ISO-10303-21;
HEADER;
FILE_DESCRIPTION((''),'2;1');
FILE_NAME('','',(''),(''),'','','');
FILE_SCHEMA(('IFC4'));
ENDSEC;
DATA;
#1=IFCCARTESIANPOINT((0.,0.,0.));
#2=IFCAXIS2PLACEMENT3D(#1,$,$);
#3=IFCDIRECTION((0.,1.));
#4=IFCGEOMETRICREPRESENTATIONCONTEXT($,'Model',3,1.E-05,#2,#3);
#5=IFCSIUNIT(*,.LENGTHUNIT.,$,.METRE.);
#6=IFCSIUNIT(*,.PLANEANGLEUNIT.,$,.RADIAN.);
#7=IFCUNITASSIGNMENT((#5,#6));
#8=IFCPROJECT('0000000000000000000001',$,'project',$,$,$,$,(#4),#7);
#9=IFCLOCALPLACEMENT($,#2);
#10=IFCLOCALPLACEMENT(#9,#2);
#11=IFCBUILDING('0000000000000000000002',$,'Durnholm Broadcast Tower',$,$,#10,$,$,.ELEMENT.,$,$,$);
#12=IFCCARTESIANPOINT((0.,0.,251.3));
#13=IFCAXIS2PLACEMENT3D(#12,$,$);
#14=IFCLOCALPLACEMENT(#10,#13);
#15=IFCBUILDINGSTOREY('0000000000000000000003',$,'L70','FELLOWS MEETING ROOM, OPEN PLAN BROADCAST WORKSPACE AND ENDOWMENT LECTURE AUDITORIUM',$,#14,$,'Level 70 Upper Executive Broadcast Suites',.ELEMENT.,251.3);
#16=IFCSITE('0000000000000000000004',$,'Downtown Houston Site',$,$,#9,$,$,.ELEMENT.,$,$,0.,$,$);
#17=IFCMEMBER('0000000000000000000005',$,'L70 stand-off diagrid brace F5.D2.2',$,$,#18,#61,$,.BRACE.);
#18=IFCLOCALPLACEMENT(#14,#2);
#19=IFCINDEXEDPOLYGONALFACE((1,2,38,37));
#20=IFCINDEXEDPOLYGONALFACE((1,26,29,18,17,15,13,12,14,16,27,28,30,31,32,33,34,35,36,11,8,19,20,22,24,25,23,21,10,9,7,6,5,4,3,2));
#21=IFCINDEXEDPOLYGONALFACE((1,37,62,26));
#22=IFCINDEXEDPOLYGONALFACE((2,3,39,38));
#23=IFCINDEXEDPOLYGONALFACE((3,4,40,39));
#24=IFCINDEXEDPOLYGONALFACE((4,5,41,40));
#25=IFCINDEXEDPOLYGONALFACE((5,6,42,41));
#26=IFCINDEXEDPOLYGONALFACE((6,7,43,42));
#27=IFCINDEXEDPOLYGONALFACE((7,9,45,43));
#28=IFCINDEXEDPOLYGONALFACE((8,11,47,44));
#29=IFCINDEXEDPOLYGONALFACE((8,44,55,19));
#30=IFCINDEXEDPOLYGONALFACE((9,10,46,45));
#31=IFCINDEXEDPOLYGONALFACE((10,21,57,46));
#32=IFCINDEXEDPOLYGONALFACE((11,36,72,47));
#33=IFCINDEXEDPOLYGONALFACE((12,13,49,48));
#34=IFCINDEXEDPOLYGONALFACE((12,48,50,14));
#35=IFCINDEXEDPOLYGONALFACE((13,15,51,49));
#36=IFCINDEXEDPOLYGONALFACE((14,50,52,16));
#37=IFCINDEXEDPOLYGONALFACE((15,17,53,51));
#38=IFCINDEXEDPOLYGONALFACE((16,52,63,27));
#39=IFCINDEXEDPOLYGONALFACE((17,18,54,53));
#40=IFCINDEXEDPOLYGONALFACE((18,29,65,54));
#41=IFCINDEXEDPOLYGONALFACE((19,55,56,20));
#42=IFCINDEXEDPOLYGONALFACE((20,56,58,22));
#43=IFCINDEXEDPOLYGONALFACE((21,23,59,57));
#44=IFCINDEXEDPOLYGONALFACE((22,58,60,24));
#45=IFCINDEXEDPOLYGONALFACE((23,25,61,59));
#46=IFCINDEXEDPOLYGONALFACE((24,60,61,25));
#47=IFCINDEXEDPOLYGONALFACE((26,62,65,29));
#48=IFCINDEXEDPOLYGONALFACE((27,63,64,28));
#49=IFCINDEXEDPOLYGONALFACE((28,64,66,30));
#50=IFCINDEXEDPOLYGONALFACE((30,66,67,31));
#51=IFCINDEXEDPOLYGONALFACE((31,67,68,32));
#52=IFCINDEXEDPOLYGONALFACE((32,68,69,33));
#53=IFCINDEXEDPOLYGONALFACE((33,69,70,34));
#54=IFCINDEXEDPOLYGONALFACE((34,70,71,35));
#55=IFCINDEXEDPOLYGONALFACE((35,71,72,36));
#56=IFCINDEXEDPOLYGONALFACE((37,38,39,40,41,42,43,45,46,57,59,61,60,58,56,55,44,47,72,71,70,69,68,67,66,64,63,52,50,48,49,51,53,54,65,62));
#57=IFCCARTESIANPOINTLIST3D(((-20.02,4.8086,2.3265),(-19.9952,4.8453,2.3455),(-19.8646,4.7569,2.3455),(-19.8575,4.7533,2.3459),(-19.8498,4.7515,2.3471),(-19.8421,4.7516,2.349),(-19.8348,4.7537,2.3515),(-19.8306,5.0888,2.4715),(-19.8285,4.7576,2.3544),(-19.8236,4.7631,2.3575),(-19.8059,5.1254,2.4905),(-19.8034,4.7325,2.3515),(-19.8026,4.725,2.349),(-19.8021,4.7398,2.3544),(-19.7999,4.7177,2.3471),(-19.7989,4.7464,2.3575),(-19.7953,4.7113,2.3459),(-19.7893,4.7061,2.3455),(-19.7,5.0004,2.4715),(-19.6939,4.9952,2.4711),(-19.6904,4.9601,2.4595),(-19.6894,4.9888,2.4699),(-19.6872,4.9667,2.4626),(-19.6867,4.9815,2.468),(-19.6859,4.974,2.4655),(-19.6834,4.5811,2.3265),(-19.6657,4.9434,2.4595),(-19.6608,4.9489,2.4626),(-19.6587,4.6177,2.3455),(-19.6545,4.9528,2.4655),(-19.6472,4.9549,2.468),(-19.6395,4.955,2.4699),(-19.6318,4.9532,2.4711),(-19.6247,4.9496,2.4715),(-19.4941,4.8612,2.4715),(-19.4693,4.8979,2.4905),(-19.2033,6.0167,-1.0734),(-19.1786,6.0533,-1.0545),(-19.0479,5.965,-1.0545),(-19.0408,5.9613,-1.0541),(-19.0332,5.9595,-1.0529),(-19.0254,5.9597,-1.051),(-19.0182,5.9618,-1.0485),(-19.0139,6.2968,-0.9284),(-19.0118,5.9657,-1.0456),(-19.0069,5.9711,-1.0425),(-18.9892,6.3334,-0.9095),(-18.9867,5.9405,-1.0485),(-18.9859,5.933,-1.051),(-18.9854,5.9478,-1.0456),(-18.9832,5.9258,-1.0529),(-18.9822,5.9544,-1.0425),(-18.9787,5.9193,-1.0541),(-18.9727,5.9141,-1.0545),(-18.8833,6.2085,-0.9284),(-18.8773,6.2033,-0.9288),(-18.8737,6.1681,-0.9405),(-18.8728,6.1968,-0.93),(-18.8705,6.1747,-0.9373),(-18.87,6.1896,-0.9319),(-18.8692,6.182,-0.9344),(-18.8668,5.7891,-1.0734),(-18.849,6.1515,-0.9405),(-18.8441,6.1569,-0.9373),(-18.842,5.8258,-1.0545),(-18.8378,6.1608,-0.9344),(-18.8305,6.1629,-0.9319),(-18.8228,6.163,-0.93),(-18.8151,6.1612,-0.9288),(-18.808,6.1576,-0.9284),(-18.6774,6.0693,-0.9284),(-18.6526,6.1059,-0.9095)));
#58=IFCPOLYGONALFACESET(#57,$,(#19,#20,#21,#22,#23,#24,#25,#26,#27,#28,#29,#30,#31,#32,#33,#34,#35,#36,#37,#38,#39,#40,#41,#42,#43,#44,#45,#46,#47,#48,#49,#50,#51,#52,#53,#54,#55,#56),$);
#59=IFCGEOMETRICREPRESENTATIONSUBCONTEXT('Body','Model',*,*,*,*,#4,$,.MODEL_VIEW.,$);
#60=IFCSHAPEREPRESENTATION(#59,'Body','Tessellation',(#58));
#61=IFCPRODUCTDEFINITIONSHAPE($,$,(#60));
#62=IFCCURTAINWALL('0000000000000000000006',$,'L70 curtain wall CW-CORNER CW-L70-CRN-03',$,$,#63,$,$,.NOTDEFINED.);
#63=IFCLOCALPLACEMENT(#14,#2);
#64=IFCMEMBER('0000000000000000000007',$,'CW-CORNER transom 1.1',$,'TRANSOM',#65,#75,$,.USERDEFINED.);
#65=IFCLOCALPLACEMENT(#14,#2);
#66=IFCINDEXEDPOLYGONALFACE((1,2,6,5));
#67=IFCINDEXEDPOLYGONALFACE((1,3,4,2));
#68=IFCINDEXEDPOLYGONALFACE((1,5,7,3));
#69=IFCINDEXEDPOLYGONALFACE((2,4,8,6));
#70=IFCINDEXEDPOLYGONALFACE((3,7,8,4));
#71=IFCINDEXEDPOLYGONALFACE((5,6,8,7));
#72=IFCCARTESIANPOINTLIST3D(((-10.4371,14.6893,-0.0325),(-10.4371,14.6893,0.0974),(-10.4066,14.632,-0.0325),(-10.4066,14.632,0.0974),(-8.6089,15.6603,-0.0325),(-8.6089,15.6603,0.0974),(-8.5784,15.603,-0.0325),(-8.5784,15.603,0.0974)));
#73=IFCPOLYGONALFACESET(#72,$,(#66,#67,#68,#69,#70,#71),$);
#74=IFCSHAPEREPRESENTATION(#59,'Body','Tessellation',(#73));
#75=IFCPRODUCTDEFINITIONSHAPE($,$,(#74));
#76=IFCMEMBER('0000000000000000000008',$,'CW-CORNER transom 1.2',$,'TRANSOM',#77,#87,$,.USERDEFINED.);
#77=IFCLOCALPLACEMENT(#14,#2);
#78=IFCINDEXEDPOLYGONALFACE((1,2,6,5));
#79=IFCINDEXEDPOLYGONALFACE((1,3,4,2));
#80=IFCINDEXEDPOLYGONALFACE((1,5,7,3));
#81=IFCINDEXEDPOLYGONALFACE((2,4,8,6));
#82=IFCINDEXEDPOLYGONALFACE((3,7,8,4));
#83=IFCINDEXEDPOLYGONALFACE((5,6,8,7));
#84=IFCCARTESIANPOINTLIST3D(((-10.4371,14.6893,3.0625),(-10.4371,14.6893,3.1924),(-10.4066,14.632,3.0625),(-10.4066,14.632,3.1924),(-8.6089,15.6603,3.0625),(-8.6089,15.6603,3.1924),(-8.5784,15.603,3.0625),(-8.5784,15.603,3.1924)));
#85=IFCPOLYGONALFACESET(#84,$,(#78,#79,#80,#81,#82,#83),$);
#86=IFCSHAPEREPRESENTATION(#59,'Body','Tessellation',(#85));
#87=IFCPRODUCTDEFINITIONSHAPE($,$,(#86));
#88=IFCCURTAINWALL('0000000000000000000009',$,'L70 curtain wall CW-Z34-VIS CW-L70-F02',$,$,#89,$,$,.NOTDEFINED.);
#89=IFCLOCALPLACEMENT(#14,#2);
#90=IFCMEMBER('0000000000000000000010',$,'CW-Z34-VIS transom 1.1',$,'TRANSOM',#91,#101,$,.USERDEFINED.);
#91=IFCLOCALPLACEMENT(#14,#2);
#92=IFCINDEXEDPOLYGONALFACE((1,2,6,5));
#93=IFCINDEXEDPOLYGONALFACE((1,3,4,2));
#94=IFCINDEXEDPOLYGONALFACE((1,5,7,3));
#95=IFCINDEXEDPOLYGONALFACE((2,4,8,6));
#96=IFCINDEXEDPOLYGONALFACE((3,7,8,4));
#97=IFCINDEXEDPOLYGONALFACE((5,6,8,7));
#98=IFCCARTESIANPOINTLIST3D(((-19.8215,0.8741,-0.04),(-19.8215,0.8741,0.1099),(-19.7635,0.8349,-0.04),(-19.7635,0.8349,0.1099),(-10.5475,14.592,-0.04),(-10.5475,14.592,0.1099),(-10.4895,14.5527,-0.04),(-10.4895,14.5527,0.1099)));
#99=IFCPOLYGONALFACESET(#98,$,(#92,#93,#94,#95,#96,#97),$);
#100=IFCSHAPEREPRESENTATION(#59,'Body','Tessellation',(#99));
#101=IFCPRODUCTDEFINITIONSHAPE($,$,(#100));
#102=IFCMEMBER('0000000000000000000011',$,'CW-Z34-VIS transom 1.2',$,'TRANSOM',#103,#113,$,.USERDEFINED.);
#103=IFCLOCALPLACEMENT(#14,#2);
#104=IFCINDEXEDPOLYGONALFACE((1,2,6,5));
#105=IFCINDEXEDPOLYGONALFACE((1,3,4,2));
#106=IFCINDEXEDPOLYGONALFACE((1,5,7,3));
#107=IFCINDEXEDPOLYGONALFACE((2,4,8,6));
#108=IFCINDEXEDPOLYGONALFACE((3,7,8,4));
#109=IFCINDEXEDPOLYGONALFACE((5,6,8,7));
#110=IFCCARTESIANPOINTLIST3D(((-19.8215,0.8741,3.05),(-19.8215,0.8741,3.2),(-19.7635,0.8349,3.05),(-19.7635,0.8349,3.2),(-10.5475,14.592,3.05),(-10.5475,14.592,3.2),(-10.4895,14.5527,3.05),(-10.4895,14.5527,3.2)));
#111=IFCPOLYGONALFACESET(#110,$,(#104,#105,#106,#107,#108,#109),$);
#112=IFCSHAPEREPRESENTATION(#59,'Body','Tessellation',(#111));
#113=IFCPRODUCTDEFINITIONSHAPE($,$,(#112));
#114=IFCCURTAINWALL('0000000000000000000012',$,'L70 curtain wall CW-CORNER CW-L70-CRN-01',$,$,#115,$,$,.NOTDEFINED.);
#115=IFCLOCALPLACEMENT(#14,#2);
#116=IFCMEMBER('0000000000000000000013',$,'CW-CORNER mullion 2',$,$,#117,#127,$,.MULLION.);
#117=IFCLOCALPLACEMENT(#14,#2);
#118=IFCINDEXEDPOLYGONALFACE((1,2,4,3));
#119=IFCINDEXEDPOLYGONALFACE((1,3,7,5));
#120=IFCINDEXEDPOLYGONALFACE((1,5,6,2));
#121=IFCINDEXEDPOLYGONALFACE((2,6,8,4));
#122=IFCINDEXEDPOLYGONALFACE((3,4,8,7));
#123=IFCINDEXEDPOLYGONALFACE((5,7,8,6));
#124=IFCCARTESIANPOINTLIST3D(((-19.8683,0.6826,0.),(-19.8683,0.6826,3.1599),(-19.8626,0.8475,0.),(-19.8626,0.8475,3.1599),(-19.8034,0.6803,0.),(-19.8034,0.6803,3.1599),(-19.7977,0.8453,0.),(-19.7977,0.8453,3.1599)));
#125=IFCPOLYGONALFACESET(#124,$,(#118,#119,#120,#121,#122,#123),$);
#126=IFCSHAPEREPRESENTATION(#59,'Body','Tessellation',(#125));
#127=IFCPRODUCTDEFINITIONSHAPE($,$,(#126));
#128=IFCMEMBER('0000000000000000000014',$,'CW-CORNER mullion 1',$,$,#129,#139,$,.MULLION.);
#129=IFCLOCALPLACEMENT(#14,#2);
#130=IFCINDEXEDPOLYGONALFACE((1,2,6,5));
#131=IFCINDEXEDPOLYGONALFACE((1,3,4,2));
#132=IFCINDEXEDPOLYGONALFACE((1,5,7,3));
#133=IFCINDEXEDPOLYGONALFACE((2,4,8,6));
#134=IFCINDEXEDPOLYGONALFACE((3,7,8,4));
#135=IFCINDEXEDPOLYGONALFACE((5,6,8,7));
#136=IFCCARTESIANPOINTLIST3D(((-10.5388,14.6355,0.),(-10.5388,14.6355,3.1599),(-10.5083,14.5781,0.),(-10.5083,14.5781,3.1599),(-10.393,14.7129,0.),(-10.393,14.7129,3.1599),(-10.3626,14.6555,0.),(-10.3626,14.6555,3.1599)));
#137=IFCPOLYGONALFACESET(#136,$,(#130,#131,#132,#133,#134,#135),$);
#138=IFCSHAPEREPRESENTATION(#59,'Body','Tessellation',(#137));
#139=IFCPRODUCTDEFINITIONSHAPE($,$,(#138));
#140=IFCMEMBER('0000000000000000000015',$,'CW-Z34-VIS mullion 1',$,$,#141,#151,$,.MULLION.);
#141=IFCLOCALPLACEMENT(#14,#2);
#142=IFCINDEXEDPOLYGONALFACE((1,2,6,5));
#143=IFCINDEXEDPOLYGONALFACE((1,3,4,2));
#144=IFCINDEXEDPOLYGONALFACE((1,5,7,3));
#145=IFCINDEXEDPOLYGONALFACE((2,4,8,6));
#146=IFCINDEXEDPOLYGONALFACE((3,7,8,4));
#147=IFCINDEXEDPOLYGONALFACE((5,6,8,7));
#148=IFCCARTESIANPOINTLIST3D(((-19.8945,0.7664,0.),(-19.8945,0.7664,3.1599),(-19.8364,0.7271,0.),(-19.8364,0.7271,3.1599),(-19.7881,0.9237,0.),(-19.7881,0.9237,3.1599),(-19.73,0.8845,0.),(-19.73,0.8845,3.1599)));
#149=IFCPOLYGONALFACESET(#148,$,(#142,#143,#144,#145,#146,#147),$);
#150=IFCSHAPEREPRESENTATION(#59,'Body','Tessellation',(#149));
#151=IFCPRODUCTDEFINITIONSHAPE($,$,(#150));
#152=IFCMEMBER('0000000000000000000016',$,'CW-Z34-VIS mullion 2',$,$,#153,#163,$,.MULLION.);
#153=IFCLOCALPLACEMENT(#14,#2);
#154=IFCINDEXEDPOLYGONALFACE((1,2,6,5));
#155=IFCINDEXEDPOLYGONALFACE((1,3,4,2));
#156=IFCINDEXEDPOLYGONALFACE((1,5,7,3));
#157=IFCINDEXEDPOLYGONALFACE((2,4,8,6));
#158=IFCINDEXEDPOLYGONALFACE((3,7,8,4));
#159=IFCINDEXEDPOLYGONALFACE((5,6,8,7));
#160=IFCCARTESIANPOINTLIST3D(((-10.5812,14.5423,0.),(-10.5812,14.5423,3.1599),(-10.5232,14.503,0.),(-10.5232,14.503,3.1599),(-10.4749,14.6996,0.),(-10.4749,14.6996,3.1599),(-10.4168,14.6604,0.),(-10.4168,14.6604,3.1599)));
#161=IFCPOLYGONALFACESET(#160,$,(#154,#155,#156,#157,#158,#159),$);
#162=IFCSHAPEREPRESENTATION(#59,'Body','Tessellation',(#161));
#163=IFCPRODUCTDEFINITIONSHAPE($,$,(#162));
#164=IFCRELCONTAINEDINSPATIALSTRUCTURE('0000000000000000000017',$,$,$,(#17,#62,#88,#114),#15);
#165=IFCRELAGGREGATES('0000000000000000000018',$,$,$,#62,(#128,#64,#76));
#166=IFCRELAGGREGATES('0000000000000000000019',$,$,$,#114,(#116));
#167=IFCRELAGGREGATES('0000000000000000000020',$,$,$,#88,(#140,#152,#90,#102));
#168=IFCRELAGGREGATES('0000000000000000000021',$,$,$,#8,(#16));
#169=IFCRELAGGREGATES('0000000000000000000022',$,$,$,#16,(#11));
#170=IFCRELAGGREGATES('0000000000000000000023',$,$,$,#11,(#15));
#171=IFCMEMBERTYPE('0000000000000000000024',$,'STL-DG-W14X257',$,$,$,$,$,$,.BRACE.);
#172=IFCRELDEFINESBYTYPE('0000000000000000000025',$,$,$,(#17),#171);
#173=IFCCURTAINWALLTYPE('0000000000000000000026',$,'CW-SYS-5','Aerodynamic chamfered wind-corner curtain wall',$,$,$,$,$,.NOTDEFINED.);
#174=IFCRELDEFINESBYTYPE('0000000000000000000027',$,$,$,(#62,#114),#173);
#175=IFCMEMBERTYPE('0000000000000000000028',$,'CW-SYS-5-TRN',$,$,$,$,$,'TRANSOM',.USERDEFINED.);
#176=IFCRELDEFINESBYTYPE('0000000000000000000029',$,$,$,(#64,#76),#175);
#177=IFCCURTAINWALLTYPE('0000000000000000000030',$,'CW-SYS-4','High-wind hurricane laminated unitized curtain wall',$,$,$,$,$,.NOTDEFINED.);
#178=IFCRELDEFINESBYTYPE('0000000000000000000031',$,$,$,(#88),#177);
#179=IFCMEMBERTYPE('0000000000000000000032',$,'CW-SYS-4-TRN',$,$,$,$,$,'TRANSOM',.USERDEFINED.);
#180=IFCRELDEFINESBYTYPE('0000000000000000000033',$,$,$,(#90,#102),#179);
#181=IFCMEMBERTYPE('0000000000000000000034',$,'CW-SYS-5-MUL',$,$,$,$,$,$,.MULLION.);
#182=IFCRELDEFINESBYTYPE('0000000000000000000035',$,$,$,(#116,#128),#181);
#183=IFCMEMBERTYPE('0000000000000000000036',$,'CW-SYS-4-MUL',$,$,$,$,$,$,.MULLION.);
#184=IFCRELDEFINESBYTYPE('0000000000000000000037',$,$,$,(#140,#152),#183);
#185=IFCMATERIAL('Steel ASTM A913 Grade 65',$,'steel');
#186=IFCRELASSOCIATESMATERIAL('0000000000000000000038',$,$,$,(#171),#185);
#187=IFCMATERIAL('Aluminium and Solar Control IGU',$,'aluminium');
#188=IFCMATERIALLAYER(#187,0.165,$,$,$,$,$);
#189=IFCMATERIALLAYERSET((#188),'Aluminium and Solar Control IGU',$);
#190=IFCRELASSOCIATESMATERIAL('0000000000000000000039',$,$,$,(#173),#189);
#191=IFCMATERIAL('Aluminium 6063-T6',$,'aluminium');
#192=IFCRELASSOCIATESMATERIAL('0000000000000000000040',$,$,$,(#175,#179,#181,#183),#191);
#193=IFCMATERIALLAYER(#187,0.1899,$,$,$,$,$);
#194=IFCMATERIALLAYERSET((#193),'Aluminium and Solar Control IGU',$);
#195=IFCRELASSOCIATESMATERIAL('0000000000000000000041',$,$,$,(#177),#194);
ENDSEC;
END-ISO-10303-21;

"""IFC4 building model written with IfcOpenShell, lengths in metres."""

from ifc_helpers import new_model, si_unit, direction, frame, origin, origin_2d, place, context, subcontext, project, spatial, rectangle, i_section, extrude, source, transform, mapped, material, layer, layer_set, material_profile, profile_set, type_object, type_shapes, element, aggregate, save


model = new_model("IFC4")

# Units and contexts
model_context = context("Model", 3, precision=1e-05, world=origin(), true_north=direction((0.0, 1.0)))
body_context = subcontext(model_context, "Body", "Model", "MODEL_VIEW")
ifc_project = project(units=[si_unit("LENGTHUNIT", "METRE"), si_unit("PLANEANGLEUNIT", "RADIAN")], contexts=[model_context])

# Site, building, storey
site_placement = place(None, origin())
site = spatial("IfcSite", under=ifc_project, at=site_placement, Name="Downtown Houston Site", CompositionType="ELEMENT", RefElevation=0.0)
building_placement = place(site_placement, origin())
building = spatial("IfcBuilding", under=site, at=building_placement, Name="Durnholm Broadcast Tower", CompositionType="ELEMENT")
storey_placement = place(building_placement, frame((0.0, 0.0, 251.3)))
storey = spatial("IfcBuildingStorey", under=building, at=storey_placement, Name="L70", Description="FELLOWS MEETING ROOM, OPEN PLAN BROADCAST WORKSPACE AND ENDOWMENT LECTURE AUDITORIUM", LongName="Level 70 Upper Executive Broadcast Suites", CompositionType="ELEMENT", Elevation=251.3)

# Member
ifc_material_1 = material(Name="Steel ASTM A913 Grade 65", Category="steel")
ifc_material_profile_1 = material_profile(ifc_material_1, i_section(OverallWidth=0.4062, OverallDepth=0.416, WebThickness=0.0298, FlangeThickness=0.0481, FilletRadius=0.0305, at=origin_2d()), Name="W14X257")
ifc_profile_set_1 = profile_set([ifc_material_profile_1], Name="Steel ASTM A913 Grade 65")
member_type_1 = type_object("IfcMemberType", Name="STL-DG-W14X257", PredefinedType="BRACE", material=ifc_profile_set_1)
shared_shape_1 = source(origin(), body_context, "Body", "SweptSolid", [
    extrude(i_section(OverallWidth=0.4062, OverallDepth=0.416, WebThickness=0.0298, FlangeThickness=0.0481, FilletRadius=0.0305, at=origin_2d()), origin(), (0.0, 0.0, 1.0), 3.6995),
])
type_shapes(member_type_1, [shared_shape_1])
for number, where, z_axis, x_axis, name in (
    (1, (-18.928, 6.0613, -0.9915), (-0.220752, -0.326542, 0.919042), (0.828452, -0.560059, 0.0), "L70 stand-off diagrid brace F5.D2.2"),
):
    element("IfcMember", number, at=place(storey_placement, frame(where, z_axis=z_axis, x_axis=x_axis)), inside=storey, type_object=member_type_1, Name=name, PredefinedType="BRACE", context=body_context, shape_type="MappedRepresentation", body=[
        mapped(shared_shape_1, transform((0.0, 0.0, 0.0), x_axis=(1.0, 0.0, 0.0), y_axis=(0.0, 1.0, 0.0), z_axis=(0.0, 0.0, 1.0), scale=1.0)),
    ])

# Curtain walls, members
ifc_material_2 = material(Name="Aluminium and Solar Control IGU", Category="aluminium")
ifc_layer_1 = layer(ifc_material_2, 0.165)
ifc_layer_set_1 = layer_set([ifc_layer_1], Name="Aluminium and Solar Control IGU")
curtain_wall_type_1 = type_object("IfcCurtainWallType", Name="CW-SYS-5", Description="Aerodynamic chamfered wind-corner curtain wall", PredefinedType="NOTDEFINED", material=ifc_layer_set_1)
curtain_wall_1_placement = place(storey_placement, origin())
curtain_wall_1 = element("IfcCurtainWall", 2, at=curtain_wall_1_placement, inside=storey, type_object=curtain_wall_type_1, Name="L70 curtain wall CW-CORNER CW-L70-CRN-03", PredefinedType="NOTDEFINED")
ifc_material_3 = material(Name="Aluminium 6063-T6", Category="aluminium")
ifc_material_profile_2 = material_profile(ifc_material_3, rectangle(XDim=0.0649, YDim=0.1299, at=origin_2d()), Name="CWT65X130")
ifc_profile_set_2 = profile_set([ifc_material_profile_2], Name="Aluminium 6063-T6")
member_type_2 = type_object("IfcMemberType", Name="CW-SYS-5-TRN", ElementType="TRANSOM", PredefinedType="USERDEFINED", material=ifc_profile_set_2)
shared_shape_2 = source(origin(), body_context, "Body", "SweptSolid", [
    extrude(rectangle(XDim=0.0649, YDim=0.1299, at=origin_2d()), origin(), (0.0, 0.0, 1.0), 2.0701),
])
type_shapes(member_type_2, [shared_shape_2])
member_1_placement = place(storey_placement, frame((-10.4219, 14.6606, 0.0325), z_axis=(0.883165, 0.469063, 0.0), x_axis=(-0.469063, 0.883165, 0.0)))
member_1 = element("IfcMember", 3, at=member_1_placement, type_object=member_type_2, Name="CW-CORNER transom 1.1", ObjectType="TRANSOM", PredefinedType="USERDEFINED", context=body_context, shape_type="MappedRepresentation", body=[
    mapped(shared_shape_2, transform((0.0, 0.0, 0.0), x_axis=(1.0, 0.0, 0.0), y_axis=(0.0, 1.0, 0.0), z_axis=(0.0, 0.0, 1.0), scale=1.0)),
])
member_2_placement = place(storey_placement, frame((-10.4219, 14.6606, 3.1274), z_axis=(0.883165, 0.469063, 0.0), x_axis=(-0.469063, 0.883165, 0.0)))
member_2 = element("IfcMember", 4, at=member_2_placement, type_object=member_type_2, Name="CW-CORNER transom 1.2", ObjectType="TRANSOM", PredefinedType="USERDEFINED", context=body_context, shape_type="MappedRepresentation", body=[
    mapped(shared_shape_2, transform((0.0, 0.0, 0.0), x_axis=(1.0, 0.0, 0.0), y_axis=(0.0, 1.0, 0.0), z_axis=(0.0, 0.0, 1.0), scale=1.0)),
])
ifc_layer_2 = layer(ifc_material_2, 0.1899)
ifc_layer_set_2 = layer_set([ifc_layer_2], Name="Aluminium and Solar Control IGU")
curtain_wall_type_2 = type_object("IfcCurtainWallType", Name="CW-SYS-4", Description="High-wind hurricane laminated unitized curtain wall", PredefinedType="NOTDEFINED", material=ifc_layer_set_2)
curtain_wall_2_placement = place(storey_placement, origin())
curtain_wall_2 = element("IfcCurtainWall", 5, at=curtain_wall_2_placement, inside=storey, type_object=curtain_wall_type_2, Name="L70 curtain wall CW-Z34-VIS CW-L70-F02", PredefinedType="NOTDEFINED")
ifc_material_profile_3 = material_profile(ifc_material_3, rectangle(XDim=0.0701, YDim=0.1499, at=origin_2d()), Name="CWT70X150")
ifc_profile_set_3 = profile_set([ifc_material_profile_3], Name="Aluminium 6063-T6")
member_type_3 = type_object("IfcMemberType", Name="CW-SYS-4-TRN", ElementType="TRANSOM", PredefinedType="USERDEFINED", material=ifc_profile_set_3)
shared_shape_3 = source(origin(), body_context, "Body", "SweptSolid", [
    extrude(rectangle(XDim=0.0701, YDim=0.1499, at=origin_2d()), origin(), (0.0, 0.0, 1.0), 16.5586),
])
type_shapes(member_type_3, [shared_shape_3])
member_3_placement = place(storey_placement, frame((-19.7925, 0.8545, 0.0349), z_axis=(0.560071, 0.828444, 0.0), x_axis=(-0.828444, 0.560071, 0.0)))
member_3 = element("IfcMember", 6, at=member_3_placement, type_object=member_type_3, Name="CW-Z34-VIS transom 1.1", ObjectType="TRANSOM", PredefinedType="USERDEFINED", context=body_context, shape_type="MappedRepresentation", body=[
    mapped(shared_shape_3, transform((0.0, 0.0, 0.0), x_axis=(1.0, 0.0, 0.0), y_axis=(0.0, 1.0, 0.0), z_axis=(0.0, 0.0, 1.0), scale=1.0)),
])
member_4_placement = place(storey_placement, frame((-19.7925, 0.8545, 3.125), z_axis=(0.560071, 0.828444, 0.0), x_axis=(-0.828444, 0.560071, 0.0)))
member_4 = element("IfcMember", 7, at=member_4_placement, type_object=member_type_3, Name="CW-Z34-VIS transom 1.2", ObjectType="TRANSOM", PredefinedType="USERDEFINED", context=body_context, shape_type="MappedRepresentation", body=[
    mapped(shared_shape_3, transform((0.0, 0.0, 0.0), x_axis=(1.0, 0.0, 0.0), y_axis=(0.0, 1.0, 0.0), z_axis=(0.0, 0.0, 1.0), scale=1.0)),
])

# Curtain wall, member
curtain_wall_3_placement = place(storey_placement, origin())
curtain_wall_3 = element("IfcCurtainWall", 8, at=curtain_wall_3_placement, inside=storey, type_object=curtain_wall_type_1, Name="L70 curtain wall CW-CORNER CW-L70-CRN-01", PredefinedType="NOTDEFINED")
ifc_material_profile_4 = material_profile(ifc_material_3, rectangle(XDim=0.0649, YDim=0.165, at=origin_2d()), Name="CWM65X165")
ifc_profile_set_4 = profile_set([ifc_material_profile_4], Name="Aluminium 6063-T6")
member_type_4 = type_object("IfcMemberType", Name="CW-SYS-5-MUL", PredefinedType="MULLION", material=ifc_profile_set_4)
shared_shape_4 = source(origin(), body_context, "Body", "SweptSolid", [
    extrude(rectangle(XDim=0.0649, YDim=0.165, at=origin_2d()), origin(), (0.0, 0.0, 1.0), 3.1599),
])
type_shapes(member_type_4, [shared_shape_4])
member_5_placement = place(storey_placement, frame((-19.833, 0.7639, 0.0), z_axis=(0.0, 0.0, 1.0), x_axis=(-0.999411, 0.034318, 0.0)))
member_5 = element("IfcMember", 9, at=member_5_placement, type_object=member_type_4, Name="CW-CORNER mullion 2", PredefinedType="MULLION", context=body_context, shape_type="MappedRepresentation", body=[
    mapped(shared_shape_4, transform((0.0, 0.0, 0.0), x_axis=(1.0, 0.0, 0.0), y_axis=(0.0, 1.0, 0.0), z_axis=(0.0, 0.0, 1.0), scale=1.0)),
])

# Members
member_6_placement = place(storey_placement, frame((-10.4507, 14.6455, 0.0), z_axis=(0.0, 0.0, 1.0), x_axis=(-0.469007, 0.883195, 0.0)))
member_6 = element("IfcMember", 10, at=member_6_placement, type_object=member_type_4, Name="CW-CORNER mullion 1", PredefinedType="MULLION", context=body_context, shape_type="MappedRepresentation", body=[
    mapped(shared_shape_4, transform((0.0, 0.0, 0.0), x_axis=(1.0, 0.0, 0.0), y_axis=(0.0, 1.0, 0.0), z_axis=(0.0, 0.0, 1.0), scale=1.0)),
])
aggregate(curtain_wall_1, [member_6, member_1, member_2])
ifc_material_profile_5 = material_profile(ifc_material_3, rectangle(XDim=0.0701, YDim=0.1899, at=origin_2d()), Name="CWM70X190")
ifc_profile_set_5 = profile_set([ifc_material_profile_5], Name="Aluminium 6063-T6")
member_type_5 = type_object("IfcMemberType", Name="CW-SYS-4-MUL", PredefinedType="MULLION", material=ifc_profile_set_5)
shared_shape_5 = source(origin(), body_context, "Body", "SweptSolid", [
    extrude(rectangle(XDim=0.0701, YDim=0.1899, at=origin_2d()), origin(), (0.0, 0.0, 1.0), 3.1599),
])
type_shapes(member_type_5, [shared_shape_5])
member_7_placement = place(storey_placement, frame((-19.8123, 0.8254, 0.0), z_axis=(0.0, 0.0, 1.0), x_axis=(-0.828443, 0.560073, 0.0)))
member_7 = element("IfcMember", 11, at=member_7_placement, type_object=member_type_5, Name="CW-Z34-VIS mullion 1", PredefinedType="MULLION", context=body_context, shape_type="MappedRepresentation", body=[
    mapped(shared_shape_5, transform((0.0, 0.0, 0.0), x_axis=(1.0, 0.0, 0.0), y_axis=(0.0, 1.0, 0.0), z_axis=(0.0, 0.0, 1.0), scale=1.0)),
])
member_8_placement = place(storey_placement, frame((-10.499, 14.6013, 0.0), z_axis=(0.0, 0.0, 1.0), x_axis=(-0.828443, 0.560073, 0.0)))
member_8 = element("IfcMember", 12, at=member_8_placement, type_object=member_type_5, Name="CW-Z34-VIS mullion 2", PredefinedType="MULLION", context=body_context, shape_type="MappedRepresentation", body=[
    mapped(shared_shape_5, transform((0.0, 0.0, 0.0), x_axis=(1.0, 0.0, 0.0), y_axis=(0.0, 1.0, 0.0), z_axis=(0.0, 0.0, 1.0), scale=1.0)),
])

aggregate(curtain_wall_3, [member_5])
aggregate(curtain_wall_2, [member_7, member_8, member_3, member_4])

save(model, "model.ifc")
